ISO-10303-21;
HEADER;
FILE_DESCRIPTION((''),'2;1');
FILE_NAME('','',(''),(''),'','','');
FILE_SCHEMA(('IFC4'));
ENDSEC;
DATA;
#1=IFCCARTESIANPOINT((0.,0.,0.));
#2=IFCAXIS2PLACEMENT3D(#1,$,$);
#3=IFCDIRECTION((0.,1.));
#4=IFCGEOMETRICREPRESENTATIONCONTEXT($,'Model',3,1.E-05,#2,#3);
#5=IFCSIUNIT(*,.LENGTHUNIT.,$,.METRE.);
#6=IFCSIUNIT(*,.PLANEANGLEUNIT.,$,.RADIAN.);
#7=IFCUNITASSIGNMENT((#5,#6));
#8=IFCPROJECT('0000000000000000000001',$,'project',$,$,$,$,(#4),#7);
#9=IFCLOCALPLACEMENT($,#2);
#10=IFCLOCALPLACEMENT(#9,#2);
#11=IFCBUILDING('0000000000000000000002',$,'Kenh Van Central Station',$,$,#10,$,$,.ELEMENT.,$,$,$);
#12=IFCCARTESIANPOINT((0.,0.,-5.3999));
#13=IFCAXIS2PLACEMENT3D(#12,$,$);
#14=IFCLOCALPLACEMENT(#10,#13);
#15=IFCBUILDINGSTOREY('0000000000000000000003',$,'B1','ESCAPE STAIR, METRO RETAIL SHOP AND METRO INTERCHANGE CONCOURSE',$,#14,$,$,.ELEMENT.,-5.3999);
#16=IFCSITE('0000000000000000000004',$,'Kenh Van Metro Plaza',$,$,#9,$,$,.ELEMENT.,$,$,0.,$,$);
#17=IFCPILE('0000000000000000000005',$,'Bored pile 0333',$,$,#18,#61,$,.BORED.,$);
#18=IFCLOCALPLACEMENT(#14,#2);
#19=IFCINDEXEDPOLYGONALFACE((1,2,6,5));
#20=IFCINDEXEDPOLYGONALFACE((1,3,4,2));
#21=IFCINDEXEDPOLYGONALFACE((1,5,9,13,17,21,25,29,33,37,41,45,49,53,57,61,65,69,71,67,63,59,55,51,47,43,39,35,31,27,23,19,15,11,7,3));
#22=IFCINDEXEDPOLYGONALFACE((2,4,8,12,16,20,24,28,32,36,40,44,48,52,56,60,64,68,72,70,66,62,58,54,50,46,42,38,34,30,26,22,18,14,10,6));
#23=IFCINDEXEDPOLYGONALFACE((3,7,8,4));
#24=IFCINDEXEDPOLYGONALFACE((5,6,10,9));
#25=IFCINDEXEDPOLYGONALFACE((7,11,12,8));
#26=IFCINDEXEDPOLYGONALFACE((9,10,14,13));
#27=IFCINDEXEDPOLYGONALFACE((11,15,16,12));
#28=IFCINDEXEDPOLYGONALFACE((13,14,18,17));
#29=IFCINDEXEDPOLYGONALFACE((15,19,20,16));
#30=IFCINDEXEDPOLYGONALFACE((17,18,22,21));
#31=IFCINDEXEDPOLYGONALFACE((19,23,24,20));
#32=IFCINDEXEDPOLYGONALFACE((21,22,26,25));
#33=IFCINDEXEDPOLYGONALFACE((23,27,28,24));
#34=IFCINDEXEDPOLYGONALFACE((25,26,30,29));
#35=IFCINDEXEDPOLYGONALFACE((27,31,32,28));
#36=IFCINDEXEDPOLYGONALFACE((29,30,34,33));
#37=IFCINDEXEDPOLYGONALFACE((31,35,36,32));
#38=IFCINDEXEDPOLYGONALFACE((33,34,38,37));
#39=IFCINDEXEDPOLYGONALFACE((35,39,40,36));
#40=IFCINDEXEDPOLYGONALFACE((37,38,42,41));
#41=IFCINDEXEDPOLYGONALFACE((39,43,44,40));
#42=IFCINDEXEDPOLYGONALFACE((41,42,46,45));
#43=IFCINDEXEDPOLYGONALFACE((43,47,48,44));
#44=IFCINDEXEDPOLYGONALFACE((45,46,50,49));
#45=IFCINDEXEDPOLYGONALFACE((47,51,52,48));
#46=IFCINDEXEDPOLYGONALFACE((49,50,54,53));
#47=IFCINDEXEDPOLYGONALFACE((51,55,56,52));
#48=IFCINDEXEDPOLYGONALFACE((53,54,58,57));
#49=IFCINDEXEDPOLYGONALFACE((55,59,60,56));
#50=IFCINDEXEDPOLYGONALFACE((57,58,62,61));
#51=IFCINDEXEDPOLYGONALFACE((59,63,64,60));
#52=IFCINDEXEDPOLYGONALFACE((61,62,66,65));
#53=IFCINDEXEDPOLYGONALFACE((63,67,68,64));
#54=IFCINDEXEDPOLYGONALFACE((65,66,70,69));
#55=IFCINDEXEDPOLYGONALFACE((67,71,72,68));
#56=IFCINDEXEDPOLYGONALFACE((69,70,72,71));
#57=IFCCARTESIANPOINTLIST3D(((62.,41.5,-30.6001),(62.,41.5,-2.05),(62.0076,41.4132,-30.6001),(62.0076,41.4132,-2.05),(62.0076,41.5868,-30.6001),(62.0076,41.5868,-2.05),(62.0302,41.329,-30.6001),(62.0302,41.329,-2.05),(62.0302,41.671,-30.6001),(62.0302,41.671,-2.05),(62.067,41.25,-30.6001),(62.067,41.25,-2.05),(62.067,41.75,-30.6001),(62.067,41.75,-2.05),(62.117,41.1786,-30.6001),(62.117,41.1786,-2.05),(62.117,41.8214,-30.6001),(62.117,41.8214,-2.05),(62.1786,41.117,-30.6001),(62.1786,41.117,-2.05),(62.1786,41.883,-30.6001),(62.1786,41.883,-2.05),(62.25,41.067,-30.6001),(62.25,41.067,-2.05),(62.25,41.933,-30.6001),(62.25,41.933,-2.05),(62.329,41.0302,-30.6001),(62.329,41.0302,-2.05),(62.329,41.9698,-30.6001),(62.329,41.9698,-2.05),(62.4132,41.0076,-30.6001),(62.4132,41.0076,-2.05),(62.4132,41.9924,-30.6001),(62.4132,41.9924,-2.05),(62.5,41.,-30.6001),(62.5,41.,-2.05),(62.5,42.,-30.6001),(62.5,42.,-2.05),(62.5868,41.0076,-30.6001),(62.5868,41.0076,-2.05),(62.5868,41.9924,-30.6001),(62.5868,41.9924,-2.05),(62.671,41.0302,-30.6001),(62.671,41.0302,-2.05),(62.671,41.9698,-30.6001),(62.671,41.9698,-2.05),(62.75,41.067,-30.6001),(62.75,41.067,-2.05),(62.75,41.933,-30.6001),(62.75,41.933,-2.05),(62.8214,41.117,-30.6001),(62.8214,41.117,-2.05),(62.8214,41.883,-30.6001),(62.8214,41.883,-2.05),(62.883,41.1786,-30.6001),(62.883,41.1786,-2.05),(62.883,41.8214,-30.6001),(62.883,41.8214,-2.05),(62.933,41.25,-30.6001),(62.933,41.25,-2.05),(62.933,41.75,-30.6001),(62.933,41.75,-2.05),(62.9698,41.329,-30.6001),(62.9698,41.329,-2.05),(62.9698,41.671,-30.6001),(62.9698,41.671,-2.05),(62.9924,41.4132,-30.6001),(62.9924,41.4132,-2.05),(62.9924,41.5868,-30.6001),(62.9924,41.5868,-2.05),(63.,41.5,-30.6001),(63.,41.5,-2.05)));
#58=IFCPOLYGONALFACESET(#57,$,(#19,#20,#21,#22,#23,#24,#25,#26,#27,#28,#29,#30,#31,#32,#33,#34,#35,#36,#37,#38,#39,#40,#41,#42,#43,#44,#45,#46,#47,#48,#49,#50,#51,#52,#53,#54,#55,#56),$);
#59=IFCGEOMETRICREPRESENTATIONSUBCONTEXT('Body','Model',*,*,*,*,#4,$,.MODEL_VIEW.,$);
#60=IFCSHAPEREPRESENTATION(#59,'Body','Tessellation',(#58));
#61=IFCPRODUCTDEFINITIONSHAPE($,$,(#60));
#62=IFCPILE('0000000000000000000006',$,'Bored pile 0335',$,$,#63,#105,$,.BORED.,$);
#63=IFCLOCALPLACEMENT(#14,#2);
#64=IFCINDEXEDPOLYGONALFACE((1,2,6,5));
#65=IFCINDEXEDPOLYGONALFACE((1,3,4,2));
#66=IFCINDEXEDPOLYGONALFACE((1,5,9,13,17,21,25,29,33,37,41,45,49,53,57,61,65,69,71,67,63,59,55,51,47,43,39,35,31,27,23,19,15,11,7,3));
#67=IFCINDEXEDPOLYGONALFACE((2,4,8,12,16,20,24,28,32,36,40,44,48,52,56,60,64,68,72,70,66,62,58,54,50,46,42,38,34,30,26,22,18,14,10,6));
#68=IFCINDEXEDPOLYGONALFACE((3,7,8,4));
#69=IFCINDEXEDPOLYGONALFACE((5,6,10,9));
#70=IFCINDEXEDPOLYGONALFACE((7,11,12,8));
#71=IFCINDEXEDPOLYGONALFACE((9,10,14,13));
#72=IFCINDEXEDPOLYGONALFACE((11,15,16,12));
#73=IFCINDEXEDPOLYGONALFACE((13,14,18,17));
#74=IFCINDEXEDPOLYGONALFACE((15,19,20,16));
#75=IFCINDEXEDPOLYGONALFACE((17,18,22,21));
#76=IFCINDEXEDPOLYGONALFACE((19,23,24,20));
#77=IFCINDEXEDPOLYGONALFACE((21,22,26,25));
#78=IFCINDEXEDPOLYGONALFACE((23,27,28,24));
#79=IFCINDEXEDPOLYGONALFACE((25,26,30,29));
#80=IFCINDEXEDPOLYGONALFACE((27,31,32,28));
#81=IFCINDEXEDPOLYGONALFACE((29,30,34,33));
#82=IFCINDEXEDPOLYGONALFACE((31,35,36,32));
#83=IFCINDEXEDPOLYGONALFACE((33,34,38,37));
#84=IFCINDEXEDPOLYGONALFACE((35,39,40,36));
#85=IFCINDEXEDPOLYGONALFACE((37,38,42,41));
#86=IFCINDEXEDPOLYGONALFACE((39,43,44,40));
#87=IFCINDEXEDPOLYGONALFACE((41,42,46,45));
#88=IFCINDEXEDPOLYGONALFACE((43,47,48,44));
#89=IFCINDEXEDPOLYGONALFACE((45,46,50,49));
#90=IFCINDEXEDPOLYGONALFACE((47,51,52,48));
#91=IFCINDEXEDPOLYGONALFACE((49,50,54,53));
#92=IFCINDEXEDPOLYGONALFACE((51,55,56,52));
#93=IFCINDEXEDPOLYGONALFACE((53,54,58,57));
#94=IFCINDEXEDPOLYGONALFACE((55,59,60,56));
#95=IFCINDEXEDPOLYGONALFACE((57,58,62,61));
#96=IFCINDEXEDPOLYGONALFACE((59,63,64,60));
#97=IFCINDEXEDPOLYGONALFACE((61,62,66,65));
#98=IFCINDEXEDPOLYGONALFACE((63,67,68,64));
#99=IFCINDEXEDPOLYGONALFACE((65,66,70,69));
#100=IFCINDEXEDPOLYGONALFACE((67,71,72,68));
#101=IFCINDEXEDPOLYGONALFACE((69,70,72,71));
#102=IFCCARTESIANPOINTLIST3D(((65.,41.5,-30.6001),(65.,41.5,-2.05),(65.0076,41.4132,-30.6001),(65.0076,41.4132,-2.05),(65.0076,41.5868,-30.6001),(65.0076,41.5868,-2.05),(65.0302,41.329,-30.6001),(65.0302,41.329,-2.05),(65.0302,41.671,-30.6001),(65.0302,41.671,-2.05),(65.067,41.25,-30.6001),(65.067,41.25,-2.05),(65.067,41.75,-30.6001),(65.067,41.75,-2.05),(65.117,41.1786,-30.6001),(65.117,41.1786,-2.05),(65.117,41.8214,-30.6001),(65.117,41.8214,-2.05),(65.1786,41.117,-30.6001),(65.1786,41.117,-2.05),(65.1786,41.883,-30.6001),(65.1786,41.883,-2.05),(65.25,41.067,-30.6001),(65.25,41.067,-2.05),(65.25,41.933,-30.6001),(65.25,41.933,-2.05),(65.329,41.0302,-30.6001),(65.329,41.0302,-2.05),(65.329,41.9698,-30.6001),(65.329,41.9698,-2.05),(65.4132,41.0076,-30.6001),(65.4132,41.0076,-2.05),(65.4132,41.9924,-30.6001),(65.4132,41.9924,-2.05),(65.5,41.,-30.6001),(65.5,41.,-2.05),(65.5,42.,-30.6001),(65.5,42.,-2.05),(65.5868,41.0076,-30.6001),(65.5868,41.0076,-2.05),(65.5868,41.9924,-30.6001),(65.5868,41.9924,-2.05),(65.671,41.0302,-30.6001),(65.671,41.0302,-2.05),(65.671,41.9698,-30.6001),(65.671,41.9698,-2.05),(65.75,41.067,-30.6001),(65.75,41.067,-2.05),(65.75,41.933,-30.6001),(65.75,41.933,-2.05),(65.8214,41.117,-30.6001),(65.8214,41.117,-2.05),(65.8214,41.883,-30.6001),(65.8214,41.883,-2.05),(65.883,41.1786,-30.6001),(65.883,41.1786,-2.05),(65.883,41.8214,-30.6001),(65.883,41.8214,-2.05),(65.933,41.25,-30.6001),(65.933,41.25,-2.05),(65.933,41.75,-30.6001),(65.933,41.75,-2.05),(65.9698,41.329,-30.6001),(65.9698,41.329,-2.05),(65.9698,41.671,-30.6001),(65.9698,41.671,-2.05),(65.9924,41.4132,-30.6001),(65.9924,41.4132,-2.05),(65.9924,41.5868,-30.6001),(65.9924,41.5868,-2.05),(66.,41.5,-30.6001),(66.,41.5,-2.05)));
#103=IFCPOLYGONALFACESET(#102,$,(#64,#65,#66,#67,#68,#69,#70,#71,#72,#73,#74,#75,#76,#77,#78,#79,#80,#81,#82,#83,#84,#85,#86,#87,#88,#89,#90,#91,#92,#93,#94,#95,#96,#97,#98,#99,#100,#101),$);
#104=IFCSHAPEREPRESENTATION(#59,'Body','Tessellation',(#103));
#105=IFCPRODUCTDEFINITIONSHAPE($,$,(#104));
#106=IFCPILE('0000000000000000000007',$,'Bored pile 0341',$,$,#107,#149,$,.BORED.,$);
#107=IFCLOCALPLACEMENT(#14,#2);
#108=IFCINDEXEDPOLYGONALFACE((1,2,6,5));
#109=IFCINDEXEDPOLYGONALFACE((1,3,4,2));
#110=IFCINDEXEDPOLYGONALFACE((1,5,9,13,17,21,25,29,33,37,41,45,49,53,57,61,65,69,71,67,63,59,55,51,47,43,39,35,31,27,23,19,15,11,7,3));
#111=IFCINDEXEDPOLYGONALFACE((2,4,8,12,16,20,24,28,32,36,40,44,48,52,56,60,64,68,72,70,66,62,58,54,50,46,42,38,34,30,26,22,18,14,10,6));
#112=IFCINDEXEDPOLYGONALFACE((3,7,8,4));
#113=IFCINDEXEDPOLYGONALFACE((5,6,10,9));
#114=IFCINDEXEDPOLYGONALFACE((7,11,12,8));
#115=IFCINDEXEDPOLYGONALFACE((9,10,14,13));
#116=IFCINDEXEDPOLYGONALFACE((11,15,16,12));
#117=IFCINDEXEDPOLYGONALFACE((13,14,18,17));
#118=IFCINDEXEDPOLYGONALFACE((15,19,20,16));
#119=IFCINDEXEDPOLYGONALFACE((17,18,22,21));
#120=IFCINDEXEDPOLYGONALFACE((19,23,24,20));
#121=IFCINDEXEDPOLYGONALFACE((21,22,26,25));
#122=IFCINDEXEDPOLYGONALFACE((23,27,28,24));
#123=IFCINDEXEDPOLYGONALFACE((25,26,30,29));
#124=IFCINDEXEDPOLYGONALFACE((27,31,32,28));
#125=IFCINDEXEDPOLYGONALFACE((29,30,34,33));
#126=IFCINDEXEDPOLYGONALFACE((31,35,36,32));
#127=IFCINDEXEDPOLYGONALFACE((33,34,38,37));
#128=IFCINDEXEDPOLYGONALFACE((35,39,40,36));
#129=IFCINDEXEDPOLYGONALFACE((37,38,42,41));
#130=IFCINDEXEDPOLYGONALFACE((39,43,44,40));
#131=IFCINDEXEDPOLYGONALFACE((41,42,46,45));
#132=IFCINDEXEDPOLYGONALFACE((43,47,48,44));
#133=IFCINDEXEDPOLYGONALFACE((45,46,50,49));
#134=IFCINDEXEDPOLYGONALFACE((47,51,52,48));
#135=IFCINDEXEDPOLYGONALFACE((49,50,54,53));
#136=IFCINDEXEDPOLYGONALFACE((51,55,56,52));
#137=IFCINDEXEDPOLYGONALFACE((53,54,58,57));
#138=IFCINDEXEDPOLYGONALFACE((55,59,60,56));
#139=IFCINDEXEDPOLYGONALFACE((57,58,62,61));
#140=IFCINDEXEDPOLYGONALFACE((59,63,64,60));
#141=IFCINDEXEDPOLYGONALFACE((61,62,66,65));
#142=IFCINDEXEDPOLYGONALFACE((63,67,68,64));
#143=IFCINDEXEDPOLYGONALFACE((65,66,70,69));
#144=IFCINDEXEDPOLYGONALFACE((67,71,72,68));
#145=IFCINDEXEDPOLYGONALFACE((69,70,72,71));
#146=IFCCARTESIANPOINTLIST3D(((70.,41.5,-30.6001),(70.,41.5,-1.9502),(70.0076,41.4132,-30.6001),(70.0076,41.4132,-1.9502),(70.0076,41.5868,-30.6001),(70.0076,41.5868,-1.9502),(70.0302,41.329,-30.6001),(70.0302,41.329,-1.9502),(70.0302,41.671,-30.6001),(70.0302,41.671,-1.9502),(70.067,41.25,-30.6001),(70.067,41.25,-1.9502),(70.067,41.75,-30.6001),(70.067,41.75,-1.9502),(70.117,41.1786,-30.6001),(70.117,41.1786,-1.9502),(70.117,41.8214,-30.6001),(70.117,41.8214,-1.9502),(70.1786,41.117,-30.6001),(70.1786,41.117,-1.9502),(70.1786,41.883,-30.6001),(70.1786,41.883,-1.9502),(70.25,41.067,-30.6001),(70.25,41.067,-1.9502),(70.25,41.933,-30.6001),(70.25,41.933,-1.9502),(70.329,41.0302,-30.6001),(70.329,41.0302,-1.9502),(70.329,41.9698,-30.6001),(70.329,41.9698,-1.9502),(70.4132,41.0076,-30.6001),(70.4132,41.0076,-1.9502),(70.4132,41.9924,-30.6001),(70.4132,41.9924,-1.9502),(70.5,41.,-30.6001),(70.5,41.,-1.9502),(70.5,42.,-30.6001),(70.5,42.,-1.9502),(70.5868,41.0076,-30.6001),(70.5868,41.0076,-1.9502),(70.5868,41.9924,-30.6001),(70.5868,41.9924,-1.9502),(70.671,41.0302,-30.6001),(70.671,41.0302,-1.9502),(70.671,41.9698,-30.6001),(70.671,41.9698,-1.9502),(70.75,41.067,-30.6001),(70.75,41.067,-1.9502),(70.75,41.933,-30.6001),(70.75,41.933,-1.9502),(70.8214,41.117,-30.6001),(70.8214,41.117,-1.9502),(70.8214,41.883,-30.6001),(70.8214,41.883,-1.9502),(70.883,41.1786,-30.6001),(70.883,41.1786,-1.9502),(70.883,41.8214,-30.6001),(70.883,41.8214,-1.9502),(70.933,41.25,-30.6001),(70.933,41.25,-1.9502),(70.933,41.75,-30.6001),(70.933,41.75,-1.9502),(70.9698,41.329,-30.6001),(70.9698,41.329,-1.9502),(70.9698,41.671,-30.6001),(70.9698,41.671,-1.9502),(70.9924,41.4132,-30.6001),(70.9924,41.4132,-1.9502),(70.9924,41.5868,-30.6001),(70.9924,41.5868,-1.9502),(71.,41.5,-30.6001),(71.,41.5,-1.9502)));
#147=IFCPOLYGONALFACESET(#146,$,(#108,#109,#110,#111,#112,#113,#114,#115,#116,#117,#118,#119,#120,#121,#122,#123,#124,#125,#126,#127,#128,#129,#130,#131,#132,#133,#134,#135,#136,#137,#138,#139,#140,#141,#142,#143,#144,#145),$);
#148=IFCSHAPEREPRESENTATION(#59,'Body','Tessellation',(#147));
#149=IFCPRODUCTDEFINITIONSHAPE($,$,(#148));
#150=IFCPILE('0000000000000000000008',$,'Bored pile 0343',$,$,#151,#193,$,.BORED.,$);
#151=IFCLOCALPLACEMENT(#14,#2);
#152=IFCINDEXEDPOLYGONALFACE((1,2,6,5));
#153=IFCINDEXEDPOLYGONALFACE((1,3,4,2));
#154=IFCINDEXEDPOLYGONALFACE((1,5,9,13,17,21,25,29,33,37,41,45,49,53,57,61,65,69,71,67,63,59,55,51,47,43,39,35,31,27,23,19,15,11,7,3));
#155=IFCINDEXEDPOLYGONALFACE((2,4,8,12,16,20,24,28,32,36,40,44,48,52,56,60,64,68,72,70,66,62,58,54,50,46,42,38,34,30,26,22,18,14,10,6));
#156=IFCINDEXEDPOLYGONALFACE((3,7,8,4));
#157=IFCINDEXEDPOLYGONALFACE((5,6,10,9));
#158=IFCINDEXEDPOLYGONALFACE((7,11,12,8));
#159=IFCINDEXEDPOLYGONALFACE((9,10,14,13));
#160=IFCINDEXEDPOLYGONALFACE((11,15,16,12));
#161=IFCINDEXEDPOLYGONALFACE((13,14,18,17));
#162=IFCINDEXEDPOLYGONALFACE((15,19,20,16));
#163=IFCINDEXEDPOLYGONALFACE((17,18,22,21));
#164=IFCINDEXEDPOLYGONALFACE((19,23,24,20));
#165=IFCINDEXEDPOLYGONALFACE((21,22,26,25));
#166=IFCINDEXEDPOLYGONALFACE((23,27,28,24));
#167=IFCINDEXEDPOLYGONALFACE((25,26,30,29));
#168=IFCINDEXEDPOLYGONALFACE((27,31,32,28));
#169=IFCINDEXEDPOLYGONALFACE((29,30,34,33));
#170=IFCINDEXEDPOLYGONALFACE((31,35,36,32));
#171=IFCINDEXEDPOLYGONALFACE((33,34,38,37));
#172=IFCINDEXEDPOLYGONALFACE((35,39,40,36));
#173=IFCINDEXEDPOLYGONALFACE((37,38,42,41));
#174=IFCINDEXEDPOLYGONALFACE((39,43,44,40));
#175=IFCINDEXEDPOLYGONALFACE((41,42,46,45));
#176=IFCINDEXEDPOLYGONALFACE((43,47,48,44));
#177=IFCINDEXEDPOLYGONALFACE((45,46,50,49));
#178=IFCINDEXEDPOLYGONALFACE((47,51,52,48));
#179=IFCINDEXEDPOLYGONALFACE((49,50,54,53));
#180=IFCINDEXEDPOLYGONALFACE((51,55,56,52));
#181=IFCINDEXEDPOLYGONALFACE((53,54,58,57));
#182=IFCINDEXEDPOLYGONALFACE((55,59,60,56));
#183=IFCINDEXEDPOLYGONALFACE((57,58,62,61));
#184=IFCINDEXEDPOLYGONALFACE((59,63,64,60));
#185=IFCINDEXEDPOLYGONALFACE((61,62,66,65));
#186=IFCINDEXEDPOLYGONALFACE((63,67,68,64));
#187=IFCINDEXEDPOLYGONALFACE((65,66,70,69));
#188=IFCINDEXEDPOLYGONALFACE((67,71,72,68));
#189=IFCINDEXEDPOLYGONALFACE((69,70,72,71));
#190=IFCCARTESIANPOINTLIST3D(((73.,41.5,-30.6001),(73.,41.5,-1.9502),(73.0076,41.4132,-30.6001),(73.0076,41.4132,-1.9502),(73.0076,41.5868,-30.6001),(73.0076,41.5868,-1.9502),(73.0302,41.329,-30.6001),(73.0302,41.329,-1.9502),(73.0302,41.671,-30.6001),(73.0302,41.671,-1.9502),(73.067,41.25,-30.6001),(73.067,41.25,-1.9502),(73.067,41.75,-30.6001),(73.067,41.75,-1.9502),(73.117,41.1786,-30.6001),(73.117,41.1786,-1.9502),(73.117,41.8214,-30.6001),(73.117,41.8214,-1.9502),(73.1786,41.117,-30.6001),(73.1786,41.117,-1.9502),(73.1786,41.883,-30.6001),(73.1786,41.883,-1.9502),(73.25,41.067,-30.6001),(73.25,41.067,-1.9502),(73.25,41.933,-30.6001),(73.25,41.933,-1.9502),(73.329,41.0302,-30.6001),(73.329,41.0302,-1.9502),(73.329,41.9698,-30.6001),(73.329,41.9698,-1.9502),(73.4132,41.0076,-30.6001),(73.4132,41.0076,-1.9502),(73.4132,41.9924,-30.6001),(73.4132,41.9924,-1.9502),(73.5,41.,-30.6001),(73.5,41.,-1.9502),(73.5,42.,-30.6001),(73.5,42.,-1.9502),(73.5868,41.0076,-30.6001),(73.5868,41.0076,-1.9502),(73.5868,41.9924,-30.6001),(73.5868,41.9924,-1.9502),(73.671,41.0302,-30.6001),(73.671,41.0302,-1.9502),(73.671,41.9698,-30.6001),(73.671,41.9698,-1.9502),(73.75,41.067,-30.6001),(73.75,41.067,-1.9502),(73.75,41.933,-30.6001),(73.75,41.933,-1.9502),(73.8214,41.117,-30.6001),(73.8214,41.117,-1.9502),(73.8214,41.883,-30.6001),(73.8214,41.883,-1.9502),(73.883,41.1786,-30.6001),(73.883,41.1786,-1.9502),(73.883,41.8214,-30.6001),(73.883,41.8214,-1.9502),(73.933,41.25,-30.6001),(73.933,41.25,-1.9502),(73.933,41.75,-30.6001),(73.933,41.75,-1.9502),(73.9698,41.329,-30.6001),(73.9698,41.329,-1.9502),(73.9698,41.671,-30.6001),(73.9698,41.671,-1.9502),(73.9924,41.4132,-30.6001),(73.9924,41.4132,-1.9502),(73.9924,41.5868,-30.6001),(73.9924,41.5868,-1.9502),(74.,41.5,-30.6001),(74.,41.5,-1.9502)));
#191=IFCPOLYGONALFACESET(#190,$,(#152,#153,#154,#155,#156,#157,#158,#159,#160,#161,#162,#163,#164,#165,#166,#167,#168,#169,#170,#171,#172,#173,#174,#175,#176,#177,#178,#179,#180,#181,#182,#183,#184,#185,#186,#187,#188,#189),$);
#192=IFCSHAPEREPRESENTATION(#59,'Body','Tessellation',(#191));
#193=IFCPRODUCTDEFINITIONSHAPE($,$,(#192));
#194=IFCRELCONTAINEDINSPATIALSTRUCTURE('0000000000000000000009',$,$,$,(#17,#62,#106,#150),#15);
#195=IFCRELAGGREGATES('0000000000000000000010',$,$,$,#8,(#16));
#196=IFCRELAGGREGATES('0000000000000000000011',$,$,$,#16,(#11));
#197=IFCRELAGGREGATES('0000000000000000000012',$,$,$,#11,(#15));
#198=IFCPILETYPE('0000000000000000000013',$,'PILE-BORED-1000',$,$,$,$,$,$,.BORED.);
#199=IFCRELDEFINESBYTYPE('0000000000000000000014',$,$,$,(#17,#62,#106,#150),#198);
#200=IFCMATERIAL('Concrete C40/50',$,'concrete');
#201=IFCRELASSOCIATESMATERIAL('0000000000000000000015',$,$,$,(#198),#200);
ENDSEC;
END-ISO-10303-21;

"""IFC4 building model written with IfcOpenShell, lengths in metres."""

from ifc_helpers import new_model, si_unit, direction, frame, origin, origin_2d, place, context, subcontext, project, spatial, circle, extrude, material, material_profile, profile_set, type_object, element, save


model = new_model("IFC4")

# Units and contexts
model_context = context("Model", 3, precision=1e-05, world=origin(), true_north=direction((0.0, 1.0)))
body_context = subcontext(model_context, "Body", "Model", "MODEL_VIEW")
ifc_project = project(units=[si_unit("LENGTHUNIT", "METRE"), si_unit("PLANEANGLEUNIT", "RADIAN")], contexts=[model_context])

# Site, building, storey
site_placement = place(None, origin())
site = spatial("IfcSite", under=ifc_project, at=site_placement, Name="Kenh Van Metro Plaza", CompositionType="ELEMENT", RefElevation=0.0)
building_placement = place(site_placement, origin())
building = spatial("IfcBuilding", under=site, at=building_placement, Name="Kenh Van Central Station", CompositionType="ELEMENT")
storey_placement = place(building_placement, frame((0.0, 0.0, -5.3999)))
storey = spatial("IfcBuildingStorey", under=building, at=storey_placement, Name="B1", Description="ESCAPE STAIR, METRO RETAIL SHOP AND METRO INTERCHANGE CONCOURSE", CompositionType="ELEMENT", Elevation=-5.3999)

# Shared definitions
ifc_material = material(Name="Concrete C40/50", Category="concrete")

# Piles
ifc_material_profile_1 = material_profile(ifc_material, circle(Radius=0.5, at=origin_2d()), Name="PILE D1000")
ifc_profile_set_1 = profile_set([ifc_material_profile_1], Name="Concrete C40/50")
pile_type = type_object("IfcPileType", Name="PILE-BORED-1000", PredefinedType="BORED", material=ifc_profile_set_1)
for number, where, z_axis, x_axis, name in (
    (1, (62.5, 41.5, -2.05), (0.0, 0.0, -1.0), (1.0, 0.0, 0.0), "Bored pile 0333"),
    (2, (65.5, 41.5, -2.05), (0.0, 0.0, -1.0), (1.0, 0.0, 0.0), "Bored pile 0335"),
):
    element("IfcPile", number, at=place(storey_placement, frame(where, z_axis=z_axis, x_axis=x_axis)), inside=storey, type_object=pile_type, Name=name, PredefinedType="BORED", context=body_context, shape_type="SweptSolid", body=[
        extrude(circle(Radius=0.5, at=origin_2d()), origin(), (0.0, 0.0, 1.0), 28.55),
    ])
for number, where, z_axis, x_axis, name in (
    (3, (70.5, 41.5, -1.9502), (0.0, 0.0, -1.0), (1.0, 0.0, 0.0), "Bored pile 0341"),
    (4, (73.5, 41.5, -1.9502), (0.0, 0.0, -1.0), (1.0, 0.0, 0.0), "Bored pile 0343"),
):
    element("IfcPile", number, at=place(storey_placement, frame(where, z_axis=z_axis, x_axis=x_axis)), inside=storey, type_object=pile_type, Name=name, PredefinedType="BORED", context=body_context, shape_type="SweptSolid", body=[
        extrude(circle(Radius=0.5, at=origin_2d()), origin(), (0.0, 0.0, 1.0), 28.6499),
    ])

save(model, "model.ifc")
